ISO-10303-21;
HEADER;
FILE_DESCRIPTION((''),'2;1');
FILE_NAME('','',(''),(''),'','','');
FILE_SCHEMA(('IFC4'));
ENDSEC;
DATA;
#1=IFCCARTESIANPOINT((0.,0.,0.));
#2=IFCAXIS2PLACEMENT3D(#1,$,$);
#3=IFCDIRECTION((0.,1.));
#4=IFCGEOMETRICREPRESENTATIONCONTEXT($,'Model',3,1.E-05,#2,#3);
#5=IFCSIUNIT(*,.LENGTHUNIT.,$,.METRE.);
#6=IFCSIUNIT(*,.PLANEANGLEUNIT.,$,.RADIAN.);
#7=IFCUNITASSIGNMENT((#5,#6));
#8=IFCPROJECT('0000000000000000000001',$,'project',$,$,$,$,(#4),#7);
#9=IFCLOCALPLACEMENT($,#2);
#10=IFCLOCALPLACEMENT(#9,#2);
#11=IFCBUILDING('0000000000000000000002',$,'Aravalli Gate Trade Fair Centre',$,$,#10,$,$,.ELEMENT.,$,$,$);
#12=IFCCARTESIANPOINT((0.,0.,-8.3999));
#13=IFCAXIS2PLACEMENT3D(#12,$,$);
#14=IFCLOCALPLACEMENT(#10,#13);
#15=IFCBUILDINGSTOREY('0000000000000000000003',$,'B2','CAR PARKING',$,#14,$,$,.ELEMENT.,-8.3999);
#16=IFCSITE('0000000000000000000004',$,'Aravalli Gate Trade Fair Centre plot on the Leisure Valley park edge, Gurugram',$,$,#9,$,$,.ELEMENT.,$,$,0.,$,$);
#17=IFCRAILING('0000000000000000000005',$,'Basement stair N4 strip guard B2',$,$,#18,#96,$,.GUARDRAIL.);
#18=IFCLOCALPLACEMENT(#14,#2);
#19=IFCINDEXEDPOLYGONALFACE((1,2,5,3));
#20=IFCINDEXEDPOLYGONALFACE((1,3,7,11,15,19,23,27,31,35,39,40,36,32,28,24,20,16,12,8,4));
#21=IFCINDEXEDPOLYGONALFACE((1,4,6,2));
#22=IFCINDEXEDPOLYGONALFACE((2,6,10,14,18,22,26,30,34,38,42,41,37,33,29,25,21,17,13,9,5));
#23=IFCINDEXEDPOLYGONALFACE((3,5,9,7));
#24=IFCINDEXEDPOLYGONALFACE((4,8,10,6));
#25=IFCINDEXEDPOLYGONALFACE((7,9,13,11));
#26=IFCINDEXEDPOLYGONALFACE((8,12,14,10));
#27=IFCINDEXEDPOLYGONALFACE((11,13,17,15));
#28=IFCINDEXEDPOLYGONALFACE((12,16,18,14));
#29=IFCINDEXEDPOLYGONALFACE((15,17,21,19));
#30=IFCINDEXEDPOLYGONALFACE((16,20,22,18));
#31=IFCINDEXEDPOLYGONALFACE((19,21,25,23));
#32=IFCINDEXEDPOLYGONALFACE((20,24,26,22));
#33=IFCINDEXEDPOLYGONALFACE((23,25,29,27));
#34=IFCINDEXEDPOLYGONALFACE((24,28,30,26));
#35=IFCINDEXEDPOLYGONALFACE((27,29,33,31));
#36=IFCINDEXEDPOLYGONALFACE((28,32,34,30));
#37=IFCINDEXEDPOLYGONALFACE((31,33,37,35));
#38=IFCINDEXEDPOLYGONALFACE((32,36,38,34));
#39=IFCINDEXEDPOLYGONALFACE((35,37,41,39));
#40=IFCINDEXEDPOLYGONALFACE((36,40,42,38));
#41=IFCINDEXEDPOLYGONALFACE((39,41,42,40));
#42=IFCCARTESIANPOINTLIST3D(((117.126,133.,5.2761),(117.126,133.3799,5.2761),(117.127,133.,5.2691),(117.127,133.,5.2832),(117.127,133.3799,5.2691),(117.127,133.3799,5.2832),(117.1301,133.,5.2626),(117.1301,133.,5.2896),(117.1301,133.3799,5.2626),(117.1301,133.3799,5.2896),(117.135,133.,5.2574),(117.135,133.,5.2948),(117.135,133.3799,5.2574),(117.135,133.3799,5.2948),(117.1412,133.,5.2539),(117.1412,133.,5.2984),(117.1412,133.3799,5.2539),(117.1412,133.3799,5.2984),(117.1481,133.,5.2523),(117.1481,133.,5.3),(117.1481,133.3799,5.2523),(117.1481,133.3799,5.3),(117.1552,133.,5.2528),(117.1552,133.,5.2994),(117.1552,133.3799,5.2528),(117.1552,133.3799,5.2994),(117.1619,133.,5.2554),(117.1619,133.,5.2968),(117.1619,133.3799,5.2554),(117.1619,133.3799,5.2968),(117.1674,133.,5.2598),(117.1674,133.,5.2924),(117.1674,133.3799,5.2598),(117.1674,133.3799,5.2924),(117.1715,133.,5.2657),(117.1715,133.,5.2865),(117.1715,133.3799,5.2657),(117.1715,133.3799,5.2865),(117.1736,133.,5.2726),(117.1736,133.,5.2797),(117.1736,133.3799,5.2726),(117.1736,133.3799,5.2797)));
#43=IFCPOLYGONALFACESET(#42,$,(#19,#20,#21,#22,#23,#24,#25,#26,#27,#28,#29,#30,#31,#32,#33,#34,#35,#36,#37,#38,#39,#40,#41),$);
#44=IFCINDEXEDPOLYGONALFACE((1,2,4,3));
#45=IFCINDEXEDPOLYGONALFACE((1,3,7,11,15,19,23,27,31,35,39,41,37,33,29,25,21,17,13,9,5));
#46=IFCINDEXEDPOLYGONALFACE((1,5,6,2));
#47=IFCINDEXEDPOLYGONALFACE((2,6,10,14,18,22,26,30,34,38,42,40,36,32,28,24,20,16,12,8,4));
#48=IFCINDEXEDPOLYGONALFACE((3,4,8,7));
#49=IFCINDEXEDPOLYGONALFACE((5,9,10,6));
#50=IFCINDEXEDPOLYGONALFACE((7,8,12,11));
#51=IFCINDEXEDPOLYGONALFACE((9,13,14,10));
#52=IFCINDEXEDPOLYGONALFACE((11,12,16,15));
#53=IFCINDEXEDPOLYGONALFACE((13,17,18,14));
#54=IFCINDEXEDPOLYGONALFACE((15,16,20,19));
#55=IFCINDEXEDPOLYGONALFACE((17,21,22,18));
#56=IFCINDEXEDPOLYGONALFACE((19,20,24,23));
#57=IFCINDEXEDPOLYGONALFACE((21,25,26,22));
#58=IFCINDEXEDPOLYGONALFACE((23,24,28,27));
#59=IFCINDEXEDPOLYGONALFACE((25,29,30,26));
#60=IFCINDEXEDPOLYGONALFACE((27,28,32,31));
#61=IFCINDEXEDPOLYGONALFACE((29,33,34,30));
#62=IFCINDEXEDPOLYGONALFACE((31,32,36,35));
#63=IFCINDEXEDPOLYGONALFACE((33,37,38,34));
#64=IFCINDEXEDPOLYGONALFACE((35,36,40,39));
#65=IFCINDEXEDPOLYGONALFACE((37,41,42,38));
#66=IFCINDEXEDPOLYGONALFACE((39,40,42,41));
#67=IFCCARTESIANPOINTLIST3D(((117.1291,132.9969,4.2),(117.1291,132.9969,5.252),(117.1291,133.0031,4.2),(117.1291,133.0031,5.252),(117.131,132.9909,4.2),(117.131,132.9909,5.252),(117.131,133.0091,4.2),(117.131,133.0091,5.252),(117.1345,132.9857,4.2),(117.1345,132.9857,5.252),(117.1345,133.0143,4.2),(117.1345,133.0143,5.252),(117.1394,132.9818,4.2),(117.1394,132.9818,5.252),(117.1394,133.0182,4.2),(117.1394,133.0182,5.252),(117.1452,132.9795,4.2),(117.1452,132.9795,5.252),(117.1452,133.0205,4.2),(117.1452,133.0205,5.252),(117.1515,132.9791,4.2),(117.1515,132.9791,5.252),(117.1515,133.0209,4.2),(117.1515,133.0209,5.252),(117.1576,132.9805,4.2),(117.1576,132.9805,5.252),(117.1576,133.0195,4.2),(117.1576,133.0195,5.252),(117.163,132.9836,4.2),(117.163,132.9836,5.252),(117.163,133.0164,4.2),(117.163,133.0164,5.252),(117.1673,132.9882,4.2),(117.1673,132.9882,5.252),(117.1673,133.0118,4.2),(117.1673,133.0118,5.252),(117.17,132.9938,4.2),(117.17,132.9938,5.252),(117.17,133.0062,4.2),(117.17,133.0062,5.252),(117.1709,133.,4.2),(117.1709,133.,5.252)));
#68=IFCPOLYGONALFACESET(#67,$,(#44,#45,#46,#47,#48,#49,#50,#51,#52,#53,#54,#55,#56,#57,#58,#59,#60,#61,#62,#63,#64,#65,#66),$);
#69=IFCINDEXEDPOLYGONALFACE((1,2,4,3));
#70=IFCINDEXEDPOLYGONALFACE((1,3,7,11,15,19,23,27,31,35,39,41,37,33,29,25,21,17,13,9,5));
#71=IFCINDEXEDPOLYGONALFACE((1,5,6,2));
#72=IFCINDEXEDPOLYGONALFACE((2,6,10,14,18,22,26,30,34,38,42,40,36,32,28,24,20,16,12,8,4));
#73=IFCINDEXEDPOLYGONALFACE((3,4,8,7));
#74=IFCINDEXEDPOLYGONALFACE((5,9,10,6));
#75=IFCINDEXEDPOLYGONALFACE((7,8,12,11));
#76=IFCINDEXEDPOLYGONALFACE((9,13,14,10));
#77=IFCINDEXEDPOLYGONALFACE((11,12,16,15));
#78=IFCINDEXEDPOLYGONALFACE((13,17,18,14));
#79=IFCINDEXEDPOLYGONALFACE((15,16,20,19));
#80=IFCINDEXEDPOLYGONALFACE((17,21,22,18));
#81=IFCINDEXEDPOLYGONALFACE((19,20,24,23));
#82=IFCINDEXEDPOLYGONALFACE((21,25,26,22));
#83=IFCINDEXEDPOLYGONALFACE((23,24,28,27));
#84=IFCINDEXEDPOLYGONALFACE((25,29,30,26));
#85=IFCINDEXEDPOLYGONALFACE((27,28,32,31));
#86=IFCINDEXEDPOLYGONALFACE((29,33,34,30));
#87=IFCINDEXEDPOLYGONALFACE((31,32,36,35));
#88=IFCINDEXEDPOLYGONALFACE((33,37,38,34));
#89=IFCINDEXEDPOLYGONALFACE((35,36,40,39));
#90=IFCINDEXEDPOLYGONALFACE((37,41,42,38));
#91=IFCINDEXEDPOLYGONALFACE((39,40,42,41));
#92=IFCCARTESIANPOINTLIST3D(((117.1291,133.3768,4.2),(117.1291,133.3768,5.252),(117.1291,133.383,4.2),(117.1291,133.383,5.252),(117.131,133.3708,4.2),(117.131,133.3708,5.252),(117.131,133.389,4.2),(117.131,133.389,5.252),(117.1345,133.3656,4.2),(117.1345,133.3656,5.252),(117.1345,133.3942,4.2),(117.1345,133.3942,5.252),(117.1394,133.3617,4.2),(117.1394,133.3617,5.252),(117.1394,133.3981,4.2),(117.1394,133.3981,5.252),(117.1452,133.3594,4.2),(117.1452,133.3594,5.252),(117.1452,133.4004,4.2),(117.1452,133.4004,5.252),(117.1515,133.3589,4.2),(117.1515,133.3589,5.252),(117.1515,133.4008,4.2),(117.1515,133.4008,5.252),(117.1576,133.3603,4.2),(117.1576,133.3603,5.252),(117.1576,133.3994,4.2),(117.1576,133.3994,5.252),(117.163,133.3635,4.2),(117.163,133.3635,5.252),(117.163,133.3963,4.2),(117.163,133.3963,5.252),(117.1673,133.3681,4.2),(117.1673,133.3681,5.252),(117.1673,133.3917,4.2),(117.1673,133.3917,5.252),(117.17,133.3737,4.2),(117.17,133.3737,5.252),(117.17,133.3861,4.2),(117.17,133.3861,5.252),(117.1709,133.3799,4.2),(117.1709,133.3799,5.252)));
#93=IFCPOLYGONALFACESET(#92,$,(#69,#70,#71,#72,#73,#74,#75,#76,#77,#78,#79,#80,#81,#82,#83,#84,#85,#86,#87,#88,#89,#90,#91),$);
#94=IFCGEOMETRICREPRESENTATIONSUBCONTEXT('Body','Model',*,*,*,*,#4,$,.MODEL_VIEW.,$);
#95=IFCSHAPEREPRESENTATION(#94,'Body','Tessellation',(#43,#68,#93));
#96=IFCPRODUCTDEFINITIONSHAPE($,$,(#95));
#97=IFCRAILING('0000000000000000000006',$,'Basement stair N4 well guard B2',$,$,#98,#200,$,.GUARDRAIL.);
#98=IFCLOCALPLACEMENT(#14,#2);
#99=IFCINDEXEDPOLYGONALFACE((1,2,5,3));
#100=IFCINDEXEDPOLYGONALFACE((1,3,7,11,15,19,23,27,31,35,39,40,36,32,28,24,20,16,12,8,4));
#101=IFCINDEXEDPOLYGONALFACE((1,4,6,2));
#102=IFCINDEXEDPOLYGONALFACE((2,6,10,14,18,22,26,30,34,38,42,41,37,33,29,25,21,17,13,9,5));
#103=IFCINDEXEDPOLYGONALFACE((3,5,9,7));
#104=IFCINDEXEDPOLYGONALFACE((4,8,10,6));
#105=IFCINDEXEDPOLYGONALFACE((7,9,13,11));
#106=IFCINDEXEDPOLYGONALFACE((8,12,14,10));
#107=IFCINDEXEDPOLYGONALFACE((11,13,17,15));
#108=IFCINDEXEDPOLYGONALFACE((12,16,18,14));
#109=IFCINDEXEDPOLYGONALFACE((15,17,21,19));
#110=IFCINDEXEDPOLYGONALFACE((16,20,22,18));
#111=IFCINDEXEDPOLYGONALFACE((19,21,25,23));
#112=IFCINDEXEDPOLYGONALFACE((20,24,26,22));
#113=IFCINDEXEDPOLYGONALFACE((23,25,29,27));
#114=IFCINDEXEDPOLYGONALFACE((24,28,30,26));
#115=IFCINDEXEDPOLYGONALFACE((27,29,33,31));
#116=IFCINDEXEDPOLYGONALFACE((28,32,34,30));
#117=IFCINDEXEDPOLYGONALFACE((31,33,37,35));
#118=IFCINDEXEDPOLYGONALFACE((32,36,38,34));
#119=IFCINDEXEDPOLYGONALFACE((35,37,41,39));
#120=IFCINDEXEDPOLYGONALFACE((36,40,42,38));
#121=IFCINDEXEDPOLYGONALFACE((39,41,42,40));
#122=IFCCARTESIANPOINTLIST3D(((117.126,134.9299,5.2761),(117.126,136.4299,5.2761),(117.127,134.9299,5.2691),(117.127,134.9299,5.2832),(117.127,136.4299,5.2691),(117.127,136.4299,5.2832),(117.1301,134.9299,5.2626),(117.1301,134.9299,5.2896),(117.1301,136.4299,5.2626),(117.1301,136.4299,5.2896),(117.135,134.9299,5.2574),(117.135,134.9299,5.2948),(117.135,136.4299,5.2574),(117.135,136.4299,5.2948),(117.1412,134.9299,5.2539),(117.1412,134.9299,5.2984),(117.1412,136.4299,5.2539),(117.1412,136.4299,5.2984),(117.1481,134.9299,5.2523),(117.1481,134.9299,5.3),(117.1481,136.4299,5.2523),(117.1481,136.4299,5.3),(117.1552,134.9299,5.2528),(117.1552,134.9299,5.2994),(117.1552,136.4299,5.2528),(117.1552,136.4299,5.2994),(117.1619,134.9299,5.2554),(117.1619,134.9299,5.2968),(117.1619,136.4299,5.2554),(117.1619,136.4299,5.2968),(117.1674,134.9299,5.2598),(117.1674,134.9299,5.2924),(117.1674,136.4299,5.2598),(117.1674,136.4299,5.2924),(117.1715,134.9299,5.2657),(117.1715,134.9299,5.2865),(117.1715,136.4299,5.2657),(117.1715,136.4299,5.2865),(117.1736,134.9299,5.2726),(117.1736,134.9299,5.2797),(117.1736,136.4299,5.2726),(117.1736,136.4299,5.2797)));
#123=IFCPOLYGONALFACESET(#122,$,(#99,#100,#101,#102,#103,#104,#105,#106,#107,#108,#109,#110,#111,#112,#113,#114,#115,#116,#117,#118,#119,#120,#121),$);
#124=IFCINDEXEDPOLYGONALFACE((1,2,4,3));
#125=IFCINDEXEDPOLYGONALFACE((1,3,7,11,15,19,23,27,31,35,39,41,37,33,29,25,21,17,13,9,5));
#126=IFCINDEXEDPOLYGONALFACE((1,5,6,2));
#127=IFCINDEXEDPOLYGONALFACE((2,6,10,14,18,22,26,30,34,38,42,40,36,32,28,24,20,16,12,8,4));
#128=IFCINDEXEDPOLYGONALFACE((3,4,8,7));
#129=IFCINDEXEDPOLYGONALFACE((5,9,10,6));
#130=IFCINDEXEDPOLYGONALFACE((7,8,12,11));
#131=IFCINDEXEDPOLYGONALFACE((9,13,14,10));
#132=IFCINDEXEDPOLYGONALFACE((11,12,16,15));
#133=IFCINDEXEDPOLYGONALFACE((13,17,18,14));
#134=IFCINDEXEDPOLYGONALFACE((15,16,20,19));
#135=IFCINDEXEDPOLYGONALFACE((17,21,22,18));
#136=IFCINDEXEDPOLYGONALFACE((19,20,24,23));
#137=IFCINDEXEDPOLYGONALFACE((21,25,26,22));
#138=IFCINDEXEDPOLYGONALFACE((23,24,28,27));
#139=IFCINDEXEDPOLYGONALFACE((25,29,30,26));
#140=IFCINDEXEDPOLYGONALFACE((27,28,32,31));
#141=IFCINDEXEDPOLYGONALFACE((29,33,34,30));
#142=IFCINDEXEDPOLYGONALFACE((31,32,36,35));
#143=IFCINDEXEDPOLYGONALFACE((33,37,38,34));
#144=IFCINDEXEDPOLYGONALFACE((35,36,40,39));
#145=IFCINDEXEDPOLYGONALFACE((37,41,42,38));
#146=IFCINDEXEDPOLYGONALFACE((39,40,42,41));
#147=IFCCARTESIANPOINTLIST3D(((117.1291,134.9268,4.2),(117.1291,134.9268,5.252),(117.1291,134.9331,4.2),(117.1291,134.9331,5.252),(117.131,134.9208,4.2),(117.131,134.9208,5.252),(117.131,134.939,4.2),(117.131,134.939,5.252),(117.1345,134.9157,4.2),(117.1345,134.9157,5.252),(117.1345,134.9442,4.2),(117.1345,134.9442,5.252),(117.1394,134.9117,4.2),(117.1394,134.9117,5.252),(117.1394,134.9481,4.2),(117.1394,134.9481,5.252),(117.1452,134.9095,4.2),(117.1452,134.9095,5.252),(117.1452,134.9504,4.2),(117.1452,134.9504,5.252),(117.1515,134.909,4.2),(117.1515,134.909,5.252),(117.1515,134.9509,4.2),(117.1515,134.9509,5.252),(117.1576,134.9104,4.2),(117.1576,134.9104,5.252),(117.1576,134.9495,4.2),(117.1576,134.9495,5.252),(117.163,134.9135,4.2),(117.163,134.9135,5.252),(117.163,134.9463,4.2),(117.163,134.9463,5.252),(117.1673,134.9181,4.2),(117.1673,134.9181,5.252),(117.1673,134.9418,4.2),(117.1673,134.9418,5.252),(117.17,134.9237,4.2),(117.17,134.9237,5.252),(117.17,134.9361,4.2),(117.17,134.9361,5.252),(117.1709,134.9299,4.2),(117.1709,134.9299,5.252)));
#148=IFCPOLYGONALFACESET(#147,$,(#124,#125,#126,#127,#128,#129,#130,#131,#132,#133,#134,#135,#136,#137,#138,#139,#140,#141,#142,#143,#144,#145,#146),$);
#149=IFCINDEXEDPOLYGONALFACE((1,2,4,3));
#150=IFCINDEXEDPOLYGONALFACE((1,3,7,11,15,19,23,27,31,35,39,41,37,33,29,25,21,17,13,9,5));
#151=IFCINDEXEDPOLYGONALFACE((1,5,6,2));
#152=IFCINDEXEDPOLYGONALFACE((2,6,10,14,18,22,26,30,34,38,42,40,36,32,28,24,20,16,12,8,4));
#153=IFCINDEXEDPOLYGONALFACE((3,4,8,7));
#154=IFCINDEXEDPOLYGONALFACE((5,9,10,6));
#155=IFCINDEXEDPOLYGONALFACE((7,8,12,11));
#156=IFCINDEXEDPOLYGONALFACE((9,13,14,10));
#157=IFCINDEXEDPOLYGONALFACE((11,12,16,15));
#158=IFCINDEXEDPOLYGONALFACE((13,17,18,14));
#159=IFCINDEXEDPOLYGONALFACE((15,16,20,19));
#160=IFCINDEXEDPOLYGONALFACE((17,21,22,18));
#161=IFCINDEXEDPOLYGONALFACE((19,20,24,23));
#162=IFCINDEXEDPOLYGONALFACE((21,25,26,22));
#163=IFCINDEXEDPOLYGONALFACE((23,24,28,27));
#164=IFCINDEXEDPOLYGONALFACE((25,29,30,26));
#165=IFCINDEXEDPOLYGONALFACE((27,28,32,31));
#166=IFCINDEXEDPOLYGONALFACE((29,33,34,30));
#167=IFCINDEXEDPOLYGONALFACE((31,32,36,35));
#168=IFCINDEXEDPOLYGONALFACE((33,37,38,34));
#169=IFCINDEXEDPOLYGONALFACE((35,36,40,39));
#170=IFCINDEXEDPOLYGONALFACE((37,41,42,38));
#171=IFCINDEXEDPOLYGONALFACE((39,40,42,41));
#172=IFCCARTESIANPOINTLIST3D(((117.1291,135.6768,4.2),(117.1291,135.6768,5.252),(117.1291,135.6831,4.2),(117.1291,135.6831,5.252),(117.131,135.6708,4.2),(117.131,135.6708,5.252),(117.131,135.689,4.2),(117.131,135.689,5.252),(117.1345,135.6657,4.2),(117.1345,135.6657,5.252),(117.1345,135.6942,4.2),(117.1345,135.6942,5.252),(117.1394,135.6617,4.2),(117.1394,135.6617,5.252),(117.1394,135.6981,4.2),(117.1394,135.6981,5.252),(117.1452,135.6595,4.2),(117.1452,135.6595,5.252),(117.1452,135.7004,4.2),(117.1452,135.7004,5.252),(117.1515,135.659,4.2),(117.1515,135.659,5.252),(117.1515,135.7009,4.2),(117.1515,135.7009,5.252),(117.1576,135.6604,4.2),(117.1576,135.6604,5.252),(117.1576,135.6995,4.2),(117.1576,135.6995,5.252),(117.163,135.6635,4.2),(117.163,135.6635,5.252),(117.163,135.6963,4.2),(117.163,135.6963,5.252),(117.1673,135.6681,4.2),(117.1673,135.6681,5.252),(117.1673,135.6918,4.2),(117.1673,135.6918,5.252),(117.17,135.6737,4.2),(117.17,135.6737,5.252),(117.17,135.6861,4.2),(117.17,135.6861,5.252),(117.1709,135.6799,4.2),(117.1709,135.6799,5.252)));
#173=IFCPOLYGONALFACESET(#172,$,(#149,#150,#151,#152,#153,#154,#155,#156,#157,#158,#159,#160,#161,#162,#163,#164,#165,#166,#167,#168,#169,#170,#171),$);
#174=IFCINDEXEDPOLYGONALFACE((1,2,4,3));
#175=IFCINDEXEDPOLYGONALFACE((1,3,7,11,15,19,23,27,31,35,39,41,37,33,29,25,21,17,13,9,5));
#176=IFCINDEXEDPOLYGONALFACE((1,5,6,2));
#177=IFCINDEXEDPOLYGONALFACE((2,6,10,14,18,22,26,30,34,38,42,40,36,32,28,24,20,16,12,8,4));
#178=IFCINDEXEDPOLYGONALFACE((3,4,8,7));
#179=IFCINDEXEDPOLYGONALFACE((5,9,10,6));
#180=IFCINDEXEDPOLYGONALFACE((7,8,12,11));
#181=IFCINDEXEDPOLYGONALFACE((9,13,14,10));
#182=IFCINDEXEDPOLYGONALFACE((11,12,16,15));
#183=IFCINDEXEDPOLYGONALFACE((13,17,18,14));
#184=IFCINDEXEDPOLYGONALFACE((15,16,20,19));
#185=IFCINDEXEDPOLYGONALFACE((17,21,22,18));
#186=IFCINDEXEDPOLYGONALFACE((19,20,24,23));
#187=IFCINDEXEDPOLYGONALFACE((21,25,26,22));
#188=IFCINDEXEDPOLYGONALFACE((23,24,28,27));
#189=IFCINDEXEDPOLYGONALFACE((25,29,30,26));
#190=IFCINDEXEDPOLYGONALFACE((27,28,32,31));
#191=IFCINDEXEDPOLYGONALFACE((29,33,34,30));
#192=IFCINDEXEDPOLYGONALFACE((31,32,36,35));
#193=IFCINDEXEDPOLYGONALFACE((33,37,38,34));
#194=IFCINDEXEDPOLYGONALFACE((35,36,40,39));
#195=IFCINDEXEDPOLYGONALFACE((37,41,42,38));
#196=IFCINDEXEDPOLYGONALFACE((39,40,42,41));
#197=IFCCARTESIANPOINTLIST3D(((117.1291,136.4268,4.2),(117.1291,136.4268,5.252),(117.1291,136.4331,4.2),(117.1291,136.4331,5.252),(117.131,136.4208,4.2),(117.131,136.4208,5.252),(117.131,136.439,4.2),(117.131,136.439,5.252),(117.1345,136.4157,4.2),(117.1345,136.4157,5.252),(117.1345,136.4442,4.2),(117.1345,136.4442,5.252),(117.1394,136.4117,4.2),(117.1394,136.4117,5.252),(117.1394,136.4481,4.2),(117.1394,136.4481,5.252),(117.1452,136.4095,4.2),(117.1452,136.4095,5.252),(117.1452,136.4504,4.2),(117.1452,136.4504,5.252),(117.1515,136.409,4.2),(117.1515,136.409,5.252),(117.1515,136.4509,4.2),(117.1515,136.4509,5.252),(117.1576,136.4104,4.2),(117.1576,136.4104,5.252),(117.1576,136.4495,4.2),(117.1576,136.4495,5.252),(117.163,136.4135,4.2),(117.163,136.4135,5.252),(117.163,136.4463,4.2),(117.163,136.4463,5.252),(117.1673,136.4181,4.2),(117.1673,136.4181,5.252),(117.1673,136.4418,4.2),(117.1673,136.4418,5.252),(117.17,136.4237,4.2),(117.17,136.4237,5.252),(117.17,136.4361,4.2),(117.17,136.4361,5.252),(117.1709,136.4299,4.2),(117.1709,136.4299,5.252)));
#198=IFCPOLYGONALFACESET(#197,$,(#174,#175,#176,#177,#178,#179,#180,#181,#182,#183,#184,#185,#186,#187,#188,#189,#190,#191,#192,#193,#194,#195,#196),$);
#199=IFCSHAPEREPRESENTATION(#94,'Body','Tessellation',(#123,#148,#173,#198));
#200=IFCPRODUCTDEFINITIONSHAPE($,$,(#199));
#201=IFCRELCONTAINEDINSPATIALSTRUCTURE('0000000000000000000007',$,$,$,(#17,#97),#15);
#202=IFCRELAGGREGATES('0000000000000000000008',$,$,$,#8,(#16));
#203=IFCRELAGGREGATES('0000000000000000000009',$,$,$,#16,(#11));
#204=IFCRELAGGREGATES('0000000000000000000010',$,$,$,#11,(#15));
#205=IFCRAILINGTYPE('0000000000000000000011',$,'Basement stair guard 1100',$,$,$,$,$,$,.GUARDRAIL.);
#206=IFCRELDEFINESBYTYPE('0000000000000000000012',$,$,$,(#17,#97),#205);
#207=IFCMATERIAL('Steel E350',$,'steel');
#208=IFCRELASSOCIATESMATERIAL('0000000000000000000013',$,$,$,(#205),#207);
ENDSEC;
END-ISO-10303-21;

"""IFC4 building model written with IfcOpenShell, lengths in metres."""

from ifc_helpers import new_model, si_unit, direction, frame, origin, origin_2d, place, context, subcontext, project, spatial, circle, extrude, material, type_object, element, save


model = new_model("IFC4")

# Units and contexts
model_context = context("Model", 3, precision=1e-05, world=origin(), true_north=direction((0.0, 1.0)))
body_context = subcontext(model_context, "Body", "Model", "MODEL_VIEW")
ifc_project = project(units=[si_unit("LENGTHUNIT", "METRE"), si_unit("PLANEANGLEUNIT", "RADIAN")], contexts=[model_context])

# Site, building, storey
site_placement = place(None, origin())
site = spatial("IfcSite", under=ifc_project, at=site_placement, Name="Aravalli Gate Trade Fair Centre plot on the Leisure Valley park edge, Gurugram", CompositionType="ELEMENT", RefElevation=0.0)
building_placement = place(site_placement, origin())
building = spatial("IfcBuilding", under=site, at=building_placement, Name="Aravalli Gate Trade Fair Centre", CompositionType="ELEMENT")
storey_placement = place(building_placement, frame((0.0, 0.0, -8.3999)))
storey = spatial("IfcBuildingStorey", under=building, at=storey_placement, Name="B2", Description="CAR PARKING", CompositionType="ELEMENT", Elevation=-8.3999)

# Railings
ifc_material_1 = material(Name="Steel E350", Category="steel")
railing_type_1 = type_object("IfcRailingType", Name="Basement stair guard 1100", PredefinedType="GUARDRAIL", material=ifc_material_1)
railing_1_placement = place(storey_placement, frame((117.1499, 133.0, 4.2)))
element("IfcRailing", 1, at=railing_1_placement, inside=storey, type_object=railing_type_1, Name="Basement stair N4 strip guard B2", PredefinedType="GUARDRAIL", context=body_context, shape_type="SweptSolid", body=[
    extrude(circle(Radius=0.0239, at=origin_2d()), frame((0.0, 0.0, 1.0762), z_axis=(0.0, 1.0, 0.0), x_axis=(-1.0, 0.0, 0.0)), (0.0, 0.0, 1.0), 0.3799),
    extrude(circle(Radius=0.021, at=origin_2d()), origin(), (0.0, 0.0, 1.0), 1.052),
    extrude(circle(Radius=0.021, at=origin_2d()), frame((0.0, 0.3799, 0.0)), (0.0, 0.0, 1.0), 1.052),
])
railing_2_placement = place(storey_placement, frame((117.1499, 134.9299, 4.2)))
element("IfcRailing", 2, at=railing_2_placement, inside=storey, type_object=railing_type_1, Name="Basement stair N4 well guard B2", PredefinedType="GUARDRAIL", context=body_context, shape_type="SweptSolid", body=[
    extrude(circle(Radius=0.0239, at=origin_2d()), frame((0.0, 0.0, 1.0762), z_axis=(0.0, 1.0, 0.0), x_axis=(-1.0, 0.0, 0.0)), (0.0, 0.0, 1.0), 1.5),
    extrude(circle(Radius=0.021, at=origin_2d()), origin(), (0.0, 0.0, 1.0), 1.052),
    extrude(circle(Radius=0.021, at=origin_2d()), frame((0.0, 0.75, 0.0)), (0.0, 0.0, 1.0), 1.052),
    extrude(circle(Radius=0.021, at=origin_2d()), frame((0.0, 1.5, 0.0)), (0.0, 0.0, 1.0), 1.052),
])

save(model, "model.ifc")
